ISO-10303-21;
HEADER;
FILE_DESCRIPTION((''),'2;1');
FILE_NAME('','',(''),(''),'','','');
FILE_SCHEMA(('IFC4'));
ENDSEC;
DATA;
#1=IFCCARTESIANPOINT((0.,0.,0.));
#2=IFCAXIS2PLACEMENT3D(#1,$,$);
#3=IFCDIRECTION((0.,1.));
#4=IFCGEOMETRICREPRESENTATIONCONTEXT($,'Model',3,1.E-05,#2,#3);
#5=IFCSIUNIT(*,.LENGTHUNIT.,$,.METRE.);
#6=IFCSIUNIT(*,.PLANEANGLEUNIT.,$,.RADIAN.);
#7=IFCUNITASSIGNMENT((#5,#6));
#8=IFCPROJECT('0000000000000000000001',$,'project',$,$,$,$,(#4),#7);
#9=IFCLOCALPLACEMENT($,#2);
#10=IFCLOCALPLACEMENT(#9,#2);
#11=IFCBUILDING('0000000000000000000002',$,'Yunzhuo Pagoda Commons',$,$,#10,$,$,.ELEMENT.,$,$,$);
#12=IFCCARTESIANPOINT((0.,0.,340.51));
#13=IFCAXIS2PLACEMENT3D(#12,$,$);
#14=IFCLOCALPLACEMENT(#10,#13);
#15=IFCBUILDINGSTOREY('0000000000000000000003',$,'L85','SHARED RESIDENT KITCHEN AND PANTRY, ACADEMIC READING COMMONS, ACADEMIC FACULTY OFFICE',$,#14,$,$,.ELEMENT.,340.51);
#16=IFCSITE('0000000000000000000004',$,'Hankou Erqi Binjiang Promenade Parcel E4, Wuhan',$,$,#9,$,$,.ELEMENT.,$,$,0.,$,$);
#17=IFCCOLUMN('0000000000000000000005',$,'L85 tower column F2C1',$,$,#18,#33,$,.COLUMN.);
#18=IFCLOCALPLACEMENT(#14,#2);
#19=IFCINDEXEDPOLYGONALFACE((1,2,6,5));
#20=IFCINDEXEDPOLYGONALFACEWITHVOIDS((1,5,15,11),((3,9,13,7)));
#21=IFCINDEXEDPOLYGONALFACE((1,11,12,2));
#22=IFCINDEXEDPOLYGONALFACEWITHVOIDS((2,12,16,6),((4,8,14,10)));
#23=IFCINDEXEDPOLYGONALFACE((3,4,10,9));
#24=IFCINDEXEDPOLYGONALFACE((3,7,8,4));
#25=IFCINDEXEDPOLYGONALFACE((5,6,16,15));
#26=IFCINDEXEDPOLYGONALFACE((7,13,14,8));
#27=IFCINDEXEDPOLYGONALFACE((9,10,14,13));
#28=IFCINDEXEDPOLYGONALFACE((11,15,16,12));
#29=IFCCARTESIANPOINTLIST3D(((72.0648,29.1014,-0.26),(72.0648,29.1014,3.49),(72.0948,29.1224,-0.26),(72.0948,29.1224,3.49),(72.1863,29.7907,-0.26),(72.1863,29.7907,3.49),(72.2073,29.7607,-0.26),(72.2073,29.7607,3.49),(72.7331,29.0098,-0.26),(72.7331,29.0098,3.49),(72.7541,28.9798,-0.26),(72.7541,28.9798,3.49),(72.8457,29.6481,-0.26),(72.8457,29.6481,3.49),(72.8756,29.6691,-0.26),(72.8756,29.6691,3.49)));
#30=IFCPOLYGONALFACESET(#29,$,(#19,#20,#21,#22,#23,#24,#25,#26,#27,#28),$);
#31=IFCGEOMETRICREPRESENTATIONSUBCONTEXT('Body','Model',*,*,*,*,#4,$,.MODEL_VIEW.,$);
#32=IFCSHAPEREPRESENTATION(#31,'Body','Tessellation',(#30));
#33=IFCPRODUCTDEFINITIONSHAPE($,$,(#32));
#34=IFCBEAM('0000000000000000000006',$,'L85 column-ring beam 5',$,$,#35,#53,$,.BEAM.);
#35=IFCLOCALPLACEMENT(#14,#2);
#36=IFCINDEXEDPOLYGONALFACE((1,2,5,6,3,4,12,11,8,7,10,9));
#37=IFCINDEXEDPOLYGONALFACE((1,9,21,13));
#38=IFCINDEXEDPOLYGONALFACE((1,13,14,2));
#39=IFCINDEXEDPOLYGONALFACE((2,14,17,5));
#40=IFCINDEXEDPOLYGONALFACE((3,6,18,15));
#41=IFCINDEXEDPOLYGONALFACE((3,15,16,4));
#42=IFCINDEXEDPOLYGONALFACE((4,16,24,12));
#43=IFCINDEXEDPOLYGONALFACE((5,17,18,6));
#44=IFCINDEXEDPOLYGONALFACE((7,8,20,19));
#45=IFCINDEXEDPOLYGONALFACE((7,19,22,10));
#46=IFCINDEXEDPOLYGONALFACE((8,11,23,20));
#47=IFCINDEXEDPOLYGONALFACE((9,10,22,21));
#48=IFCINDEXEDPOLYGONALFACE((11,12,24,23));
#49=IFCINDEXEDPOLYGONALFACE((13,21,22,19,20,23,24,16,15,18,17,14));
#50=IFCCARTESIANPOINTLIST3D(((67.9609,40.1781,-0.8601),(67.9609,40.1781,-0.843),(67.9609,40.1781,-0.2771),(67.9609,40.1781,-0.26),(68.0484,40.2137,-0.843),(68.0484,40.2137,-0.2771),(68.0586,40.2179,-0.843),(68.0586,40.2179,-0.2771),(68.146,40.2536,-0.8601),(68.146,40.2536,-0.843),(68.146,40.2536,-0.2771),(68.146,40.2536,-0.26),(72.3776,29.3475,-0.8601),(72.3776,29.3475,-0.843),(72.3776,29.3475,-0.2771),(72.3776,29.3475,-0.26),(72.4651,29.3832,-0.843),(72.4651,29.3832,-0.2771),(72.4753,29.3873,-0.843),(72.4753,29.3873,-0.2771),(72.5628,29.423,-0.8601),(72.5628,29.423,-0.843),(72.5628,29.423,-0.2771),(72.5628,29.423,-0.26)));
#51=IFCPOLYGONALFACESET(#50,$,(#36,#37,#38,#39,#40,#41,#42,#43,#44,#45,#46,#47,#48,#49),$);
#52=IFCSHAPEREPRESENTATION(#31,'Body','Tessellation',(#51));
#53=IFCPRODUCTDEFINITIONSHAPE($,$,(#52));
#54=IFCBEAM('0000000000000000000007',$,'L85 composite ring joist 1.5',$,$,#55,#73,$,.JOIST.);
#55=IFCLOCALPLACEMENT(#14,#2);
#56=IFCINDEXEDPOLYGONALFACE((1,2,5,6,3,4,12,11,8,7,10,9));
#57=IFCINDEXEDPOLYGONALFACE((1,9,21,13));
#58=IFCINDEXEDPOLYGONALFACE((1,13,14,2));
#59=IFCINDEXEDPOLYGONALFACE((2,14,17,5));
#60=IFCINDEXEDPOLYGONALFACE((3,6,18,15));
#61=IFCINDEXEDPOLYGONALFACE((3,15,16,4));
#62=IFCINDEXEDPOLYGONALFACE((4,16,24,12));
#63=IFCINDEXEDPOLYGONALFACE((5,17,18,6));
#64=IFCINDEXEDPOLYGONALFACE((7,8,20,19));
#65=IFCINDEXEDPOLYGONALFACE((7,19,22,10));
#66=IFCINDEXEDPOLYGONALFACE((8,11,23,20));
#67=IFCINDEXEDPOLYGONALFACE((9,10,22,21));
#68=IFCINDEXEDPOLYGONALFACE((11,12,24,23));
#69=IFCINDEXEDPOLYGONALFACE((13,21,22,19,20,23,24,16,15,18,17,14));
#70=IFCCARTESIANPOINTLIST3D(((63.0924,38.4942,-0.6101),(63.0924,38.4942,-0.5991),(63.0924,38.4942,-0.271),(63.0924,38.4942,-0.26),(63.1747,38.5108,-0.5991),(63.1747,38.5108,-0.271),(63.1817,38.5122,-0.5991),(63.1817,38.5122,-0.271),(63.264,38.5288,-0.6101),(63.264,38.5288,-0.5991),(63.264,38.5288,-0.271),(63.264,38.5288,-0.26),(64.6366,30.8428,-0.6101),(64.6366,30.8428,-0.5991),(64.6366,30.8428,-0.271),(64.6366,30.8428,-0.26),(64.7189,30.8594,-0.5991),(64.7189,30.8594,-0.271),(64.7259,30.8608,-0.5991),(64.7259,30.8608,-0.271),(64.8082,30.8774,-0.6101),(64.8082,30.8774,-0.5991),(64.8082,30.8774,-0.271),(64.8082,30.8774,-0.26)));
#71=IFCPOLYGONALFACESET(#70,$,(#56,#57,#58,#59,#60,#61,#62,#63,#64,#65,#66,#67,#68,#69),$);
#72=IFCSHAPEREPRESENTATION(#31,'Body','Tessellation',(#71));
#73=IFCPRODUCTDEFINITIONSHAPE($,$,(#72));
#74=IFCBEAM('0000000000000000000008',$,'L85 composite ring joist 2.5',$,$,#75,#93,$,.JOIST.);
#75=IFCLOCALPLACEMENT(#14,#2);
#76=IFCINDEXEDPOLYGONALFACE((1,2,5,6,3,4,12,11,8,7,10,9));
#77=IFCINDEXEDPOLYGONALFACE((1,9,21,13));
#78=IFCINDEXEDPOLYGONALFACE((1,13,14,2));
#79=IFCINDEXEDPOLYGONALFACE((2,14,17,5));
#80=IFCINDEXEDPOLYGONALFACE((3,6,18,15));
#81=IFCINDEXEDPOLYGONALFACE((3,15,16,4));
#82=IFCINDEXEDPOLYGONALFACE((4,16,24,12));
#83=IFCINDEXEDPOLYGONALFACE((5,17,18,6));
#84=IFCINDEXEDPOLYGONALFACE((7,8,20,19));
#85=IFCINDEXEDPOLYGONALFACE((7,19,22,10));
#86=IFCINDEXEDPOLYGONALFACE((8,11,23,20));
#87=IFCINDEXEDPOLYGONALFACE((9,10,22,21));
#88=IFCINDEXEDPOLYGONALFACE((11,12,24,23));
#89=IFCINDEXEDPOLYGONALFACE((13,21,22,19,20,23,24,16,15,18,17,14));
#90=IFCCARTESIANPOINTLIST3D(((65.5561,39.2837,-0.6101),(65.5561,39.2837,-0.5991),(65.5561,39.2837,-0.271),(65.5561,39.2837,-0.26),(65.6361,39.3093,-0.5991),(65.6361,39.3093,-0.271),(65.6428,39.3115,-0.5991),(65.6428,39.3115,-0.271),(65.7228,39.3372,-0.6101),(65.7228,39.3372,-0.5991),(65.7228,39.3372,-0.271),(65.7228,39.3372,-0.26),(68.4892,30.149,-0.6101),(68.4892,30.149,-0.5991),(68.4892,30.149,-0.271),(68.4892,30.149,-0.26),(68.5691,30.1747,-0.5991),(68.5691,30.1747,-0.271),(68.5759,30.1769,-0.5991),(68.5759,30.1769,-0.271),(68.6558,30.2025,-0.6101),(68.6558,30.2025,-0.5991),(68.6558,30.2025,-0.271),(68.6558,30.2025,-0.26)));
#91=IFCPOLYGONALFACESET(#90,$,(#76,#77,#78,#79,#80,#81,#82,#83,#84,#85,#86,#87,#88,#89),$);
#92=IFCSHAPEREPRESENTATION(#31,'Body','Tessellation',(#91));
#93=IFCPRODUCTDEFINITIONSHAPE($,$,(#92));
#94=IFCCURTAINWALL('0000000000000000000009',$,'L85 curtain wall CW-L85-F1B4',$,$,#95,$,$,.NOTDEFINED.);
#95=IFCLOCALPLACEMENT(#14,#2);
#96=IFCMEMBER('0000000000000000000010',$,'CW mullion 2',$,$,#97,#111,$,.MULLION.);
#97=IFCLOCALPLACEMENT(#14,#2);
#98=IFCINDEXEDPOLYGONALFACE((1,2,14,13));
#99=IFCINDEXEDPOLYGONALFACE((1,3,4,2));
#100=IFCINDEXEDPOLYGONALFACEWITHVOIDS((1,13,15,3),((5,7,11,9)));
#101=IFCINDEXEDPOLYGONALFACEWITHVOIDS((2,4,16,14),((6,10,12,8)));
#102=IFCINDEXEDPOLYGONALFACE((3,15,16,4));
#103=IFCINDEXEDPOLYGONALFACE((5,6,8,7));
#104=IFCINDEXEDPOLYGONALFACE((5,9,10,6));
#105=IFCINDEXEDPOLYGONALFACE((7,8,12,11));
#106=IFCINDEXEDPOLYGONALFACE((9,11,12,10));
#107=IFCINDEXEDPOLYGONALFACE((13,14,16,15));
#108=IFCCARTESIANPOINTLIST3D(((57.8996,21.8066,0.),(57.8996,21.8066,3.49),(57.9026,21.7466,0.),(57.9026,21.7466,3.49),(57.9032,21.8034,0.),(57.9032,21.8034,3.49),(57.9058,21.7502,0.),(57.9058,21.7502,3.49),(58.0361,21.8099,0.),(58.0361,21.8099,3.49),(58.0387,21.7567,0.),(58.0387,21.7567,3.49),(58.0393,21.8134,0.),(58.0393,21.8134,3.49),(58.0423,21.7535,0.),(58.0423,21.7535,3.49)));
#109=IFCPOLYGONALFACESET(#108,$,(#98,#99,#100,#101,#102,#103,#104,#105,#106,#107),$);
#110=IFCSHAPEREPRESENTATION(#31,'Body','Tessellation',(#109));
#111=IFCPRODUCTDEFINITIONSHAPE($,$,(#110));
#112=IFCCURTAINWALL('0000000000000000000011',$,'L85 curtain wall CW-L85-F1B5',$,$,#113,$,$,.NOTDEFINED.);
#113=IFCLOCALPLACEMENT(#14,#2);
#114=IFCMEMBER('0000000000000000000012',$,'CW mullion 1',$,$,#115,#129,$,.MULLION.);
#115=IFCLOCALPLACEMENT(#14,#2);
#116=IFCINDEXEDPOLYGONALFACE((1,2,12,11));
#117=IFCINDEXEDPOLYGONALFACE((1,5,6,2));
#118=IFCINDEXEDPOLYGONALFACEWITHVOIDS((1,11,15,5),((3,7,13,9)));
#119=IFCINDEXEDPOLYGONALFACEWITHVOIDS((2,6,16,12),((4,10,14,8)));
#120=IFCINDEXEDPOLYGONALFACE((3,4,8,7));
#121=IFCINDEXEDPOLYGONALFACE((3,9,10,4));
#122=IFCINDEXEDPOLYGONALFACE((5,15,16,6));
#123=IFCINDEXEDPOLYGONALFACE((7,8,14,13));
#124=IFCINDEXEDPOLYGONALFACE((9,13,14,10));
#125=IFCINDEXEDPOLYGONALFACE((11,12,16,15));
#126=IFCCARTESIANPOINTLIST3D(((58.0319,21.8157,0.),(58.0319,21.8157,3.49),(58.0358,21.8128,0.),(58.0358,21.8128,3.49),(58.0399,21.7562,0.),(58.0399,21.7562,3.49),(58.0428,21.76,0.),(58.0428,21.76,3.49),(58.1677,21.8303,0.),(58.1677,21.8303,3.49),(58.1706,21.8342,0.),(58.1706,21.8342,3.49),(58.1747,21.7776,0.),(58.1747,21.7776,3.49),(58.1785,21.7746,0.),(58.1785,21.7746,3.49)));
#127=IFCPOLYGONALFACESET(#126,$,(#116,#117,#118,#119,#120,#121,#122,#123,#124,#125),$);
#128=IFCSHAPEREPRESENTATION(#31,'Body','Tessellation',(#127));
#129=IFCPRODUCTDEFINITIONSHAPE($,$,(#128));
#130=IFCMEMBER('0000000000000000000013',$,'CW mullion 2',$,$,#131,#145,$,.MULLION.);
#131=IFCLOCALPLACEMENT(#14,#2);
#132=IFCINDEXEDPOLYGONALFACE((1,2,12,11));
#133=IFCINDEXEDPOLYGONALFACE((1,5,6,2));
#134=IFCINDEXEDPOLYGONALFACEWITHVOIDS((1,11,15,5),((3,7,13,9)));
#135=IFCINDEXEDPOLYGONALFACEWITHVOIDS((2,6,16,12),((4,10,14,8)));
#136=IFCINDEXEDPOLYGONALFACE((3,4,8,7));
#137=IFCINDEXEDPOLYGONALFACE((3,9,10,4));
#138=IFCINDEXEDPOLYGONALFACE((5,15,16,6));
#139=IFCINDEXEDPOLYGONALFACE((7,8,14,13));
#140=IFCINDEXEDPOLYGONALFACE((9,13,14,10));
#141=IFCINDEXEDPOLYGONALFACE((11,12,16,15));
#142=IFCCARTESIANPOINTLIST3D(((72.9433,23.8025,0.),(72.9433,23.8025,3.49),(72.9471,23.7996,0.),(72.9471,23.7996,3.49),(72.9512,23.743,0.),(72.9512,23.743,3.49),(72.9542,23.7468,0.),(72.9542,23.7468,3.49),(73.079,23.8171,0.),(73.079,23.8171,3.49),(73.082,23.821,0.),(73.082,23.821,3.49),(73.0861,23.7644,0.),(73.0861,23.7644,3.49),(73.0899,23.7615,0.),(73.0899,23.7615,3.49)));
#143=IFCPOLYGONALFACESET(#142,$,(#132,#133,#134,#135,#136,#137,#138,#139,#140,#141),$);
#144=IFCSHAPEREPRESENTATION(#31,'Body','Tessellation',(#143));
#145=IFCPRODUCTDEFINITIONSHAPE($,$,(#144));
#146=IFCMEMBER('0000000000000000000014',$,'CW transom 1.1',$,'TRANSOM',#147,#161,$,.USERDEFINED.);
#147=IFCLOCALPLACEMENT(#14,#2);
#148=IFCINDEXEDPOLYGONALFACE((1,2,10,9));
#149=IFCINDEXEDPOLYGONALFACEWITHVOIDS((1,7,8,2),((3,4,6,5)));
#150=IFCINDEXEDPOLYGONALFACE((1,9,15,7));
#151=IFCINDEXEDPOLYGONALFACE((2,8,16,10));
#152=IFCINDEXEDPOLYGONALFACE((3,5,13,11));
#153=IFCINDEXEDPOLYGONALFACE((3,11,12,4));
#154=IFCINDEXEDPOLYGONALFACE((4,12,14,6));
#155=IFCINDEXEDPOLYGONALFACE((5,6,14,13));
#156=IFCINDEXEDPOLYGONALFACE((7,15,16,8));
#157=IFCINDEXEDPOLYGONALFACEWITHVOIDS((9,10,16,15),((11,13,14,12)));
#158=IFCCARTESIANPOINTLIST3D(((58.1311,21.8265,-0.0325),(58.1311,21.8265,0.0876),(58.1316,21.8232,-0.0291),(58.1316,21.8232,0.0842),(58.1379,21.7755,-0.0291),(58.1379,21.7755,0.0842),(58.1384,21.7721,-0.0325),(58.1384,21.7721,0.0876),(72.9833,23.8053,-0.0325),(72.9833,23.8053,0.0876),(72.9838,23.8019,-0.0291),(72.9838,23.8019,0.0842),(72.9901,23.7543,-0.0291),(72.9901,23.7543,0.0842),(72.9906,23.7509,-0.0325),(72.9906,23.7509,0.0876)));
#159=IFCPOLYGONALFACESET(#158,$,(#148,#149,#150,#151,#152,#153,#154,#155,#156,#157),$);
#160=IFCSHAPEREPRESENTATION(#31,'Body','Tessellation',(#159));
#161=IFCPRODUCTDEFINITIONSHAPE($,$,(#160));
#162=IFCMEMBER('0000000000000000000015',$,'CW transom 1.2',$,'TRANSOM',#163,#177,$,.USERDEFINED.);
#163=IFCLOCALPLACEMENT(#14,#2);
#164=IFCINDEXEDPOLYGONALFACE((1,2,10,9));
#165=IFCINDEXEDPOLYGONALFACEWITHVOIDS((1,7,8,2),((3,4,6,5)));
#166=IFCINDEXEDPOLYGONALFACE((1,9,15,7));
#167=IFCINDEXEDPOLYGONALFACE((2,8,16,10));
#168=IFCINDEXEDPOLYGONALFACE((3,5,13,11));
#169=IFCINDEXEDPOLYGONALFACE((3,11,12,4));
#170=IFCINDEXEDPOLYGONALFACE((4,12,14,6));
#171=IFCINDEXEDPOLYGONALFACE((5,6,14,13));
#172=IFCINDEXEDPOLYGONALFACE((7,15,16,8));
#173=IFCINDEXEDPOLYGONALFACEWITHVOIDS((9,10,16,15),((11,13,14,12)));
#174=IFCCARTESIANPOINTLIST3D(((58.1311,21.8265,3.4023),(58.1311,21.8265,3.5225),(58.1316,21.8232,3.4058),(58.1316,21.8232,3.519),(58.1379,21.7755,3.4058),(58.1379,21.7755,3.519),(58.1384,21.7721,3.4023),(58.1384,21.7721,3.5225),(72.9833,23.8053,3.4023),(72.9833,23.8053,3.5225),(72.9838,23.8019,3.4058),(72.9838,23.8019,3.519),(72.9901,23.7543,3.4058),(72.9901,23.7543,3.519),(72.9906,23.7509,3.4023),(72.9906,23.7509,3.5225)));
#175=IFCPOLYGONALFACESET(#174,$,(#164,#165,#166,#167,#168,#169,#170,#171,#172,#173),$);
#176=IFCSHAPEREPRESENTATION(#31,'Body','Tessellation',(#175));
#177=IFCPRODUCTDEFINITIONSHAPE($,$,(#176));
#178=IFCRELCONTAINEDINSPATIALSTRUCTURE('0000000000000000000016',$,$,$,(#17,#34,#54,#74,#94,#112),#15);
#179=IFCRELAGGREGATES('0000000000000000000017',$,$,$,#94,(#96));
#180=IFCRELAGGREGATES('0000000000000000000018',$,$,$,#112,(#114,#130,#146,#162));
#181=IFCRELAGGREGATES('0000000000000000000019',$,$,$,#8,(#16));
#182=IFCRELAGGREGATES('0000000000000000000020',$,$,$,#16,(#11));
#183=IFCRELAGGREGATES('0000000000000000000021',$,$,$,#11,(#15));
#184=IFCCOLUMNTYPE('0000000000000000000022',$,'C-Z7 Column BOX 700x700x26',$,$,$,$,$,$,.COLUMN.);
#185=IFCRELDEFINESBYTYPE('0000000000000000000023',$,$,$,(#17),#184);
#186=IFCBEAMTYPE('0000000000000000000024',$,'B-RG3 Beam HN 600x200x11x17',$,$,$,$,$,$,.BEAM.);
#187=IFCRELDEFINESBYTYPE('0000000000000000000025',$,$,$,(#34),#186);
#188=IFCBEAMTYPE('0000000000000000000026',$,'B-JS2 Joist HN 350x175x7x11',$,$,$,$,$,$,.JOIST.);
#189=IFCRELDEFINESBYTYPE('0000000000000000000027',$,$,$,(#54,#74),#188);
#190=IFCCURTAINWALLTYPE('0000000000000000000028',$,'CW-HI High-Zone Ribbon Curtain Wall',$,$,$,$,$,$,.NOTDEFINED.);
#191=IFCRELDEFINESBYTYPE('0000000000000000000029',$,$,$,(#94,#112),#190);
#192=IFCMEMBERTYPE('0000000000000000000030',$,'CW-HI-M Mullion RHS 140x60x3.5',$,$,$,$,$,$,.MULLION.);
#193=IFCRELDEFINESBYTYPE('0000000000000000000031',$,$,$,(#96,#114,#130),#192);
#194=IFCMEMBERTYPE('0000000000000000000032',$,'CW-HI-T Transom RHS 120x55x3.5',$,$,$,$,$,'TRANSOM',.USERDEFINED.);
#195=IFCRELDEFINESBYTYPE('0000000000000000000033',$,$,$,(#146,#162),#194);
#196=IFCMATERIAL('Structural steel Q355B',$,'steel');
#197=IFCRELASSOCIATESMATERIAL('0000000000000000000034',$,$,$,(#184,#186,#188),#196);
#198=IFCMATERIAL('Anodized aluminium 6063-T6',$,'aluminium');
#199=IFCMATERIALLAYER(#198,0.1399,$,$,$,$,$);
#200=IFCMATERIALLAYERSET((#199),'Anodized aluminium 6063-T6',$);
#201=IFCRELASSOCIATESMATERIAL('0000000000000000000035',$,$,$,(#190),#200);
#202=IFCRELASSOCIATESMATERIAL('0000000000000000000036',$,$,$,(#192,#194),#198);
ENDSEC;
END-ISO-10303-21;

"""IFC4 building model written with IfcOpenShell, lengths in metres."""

from ifc_helpers import new_model, si_unit, direction, frame, origin, origin_2d, place, context, subcontext, project, spatial, hollow_rectangle, i_section, extrude, source, transform, mapped, material, layer, layer_set, material_profile, profile_set, type_object, element, aggregate, save


model = new_model("IFC4")

# Units and contexts
model_context = context("Model", 3, precision=1e-05, world=origin(), true_north=direction((0.0, 1.0)))
body_context = subcontext(model_context, "Body", "Model", "MODEL_VIEW")
ifc_project = project(units=[si_unit("LENGTHUNIT", "METRE"), si_unit("PLANEANGLEUNIT", "RADIAN")], contexts=[model_context])

# Site, building, storey
site_placement = place(None, origin())
site = spatial("IfcSite", under=ifc_project, at=site_placement, Name="Hankou Erqi Binjiang Promenade Parcel E4, Wuhan", CompositionType="ELEMENT", RefElevation=0.0)
building_placement = place(site_placement, origin())
building = spatial("IfcBuilding", under=site, at=building_placement, Name="Yunzhuo Pagoda Commons", CompositionType="ELEMENT")
storey_placement = place(building_placement, frame((0.0, 0.0, 340.51)))
storey = spatial("IfcBuildingStorey", under=building, at=storey_placement, Name="L85", Description="SHARED RESIDENT KITCHEN AND PANTRY, ACADEMIC READING COMMONS, ACADEMIC FACULTY OFFICE", CompositionType="ELEMENT", Elevation=340.51)

# Column
ifc_material_1 = material(Name="Structural steel Q355B", Category="steel")
ifc_material_profile_1 = material_profile(ifc_material_1, hollow_rectangle(XDim=0.7, YDim=0.7, WallThickness=0.0259, at=origin_2d()), Name="Structural steel Q355B")
ifc_profile_set_1 = profile_set([ifc_material_profile_1], Name="Structural steel Q355B")
column_type = type_object("IfcColumnType", Name="C-Z7 Column BOX 700x700x26", PredefinedType="COLUMN", material=ifc_profile_set_1)
shared_shape_1 = source(origin(), body_context, "Body", "SweptSolid", [
    extrude(hollow_rectangle(XDim=0.7, YDim=0.7, WallThickness=0.0259, at=origin_2d()), origin(), (0.0, 0.0, 1.0), 3.75),
])
column_placement = place(storey_placement, frame((72.4702, 29.3853, -0.26), z_axis=(0.0, 0.0, 1.0), x_axis=(0.173648, 0.984808, 0.0)))
element("IfcColumn", 1, at=column_placement, inside=storey, type_object=column_type, Name="L85 tower column F2C1", PredefinedType="COLUMN", context=body_context, shape_type="MappedRepresentation", body=[
    mapped(shared_shape_1, transform((0.0, 0.0, 0.0), scale=1.0)),
])

# Beams
ifc_material_profile_2 = material_profile(ifc_material_1, i_section(OverallWidth=0.2, OverallDepth=0.6001, WebThickness=0.011, FlangeThickness=0.0171, at=origin_2d()), Name="Structural steel Q355B")
ifc_profile_set_2 = profile_set([ifc_material_profile_2], Name="Structural steel Q355B")
beam_type_1 = type_object("IfcBeamType", Name="B-RG3 Beam HN 600x200x11x17", PredefinedType="BEAM", material=ifc_profile_set_2)
shared_shape_2 = source(origin(), body_context, "Body", "SweptSolid", [
    extrude(i_section(OverallWidth=0.2, OverallDepth=0.6001, WebThickness=0.011, FlangeThickness=0.0171, at=origin_2d()), origin(), (0.0, 0.0, 1.0), 11.6965),
])
beam_1_placement = place(storey_placement, frame((72.4702, 29.3853, -0.5601), z_axis=(-0.377612, 0.925964, 0.0), x_axis=(-0.925964, -0.377612, 0.0)))
element("IfcBeam", 2, at=beam_1_placement, inside=storey, type_object=beam_type_1, Name="L85 column-ring beam 5", PredefinedType="BEAM", context=body_context, shape_type="MappedRepresentation", body=[
    mapped(shared_shape_2, transform((0.0, 0.0, 0.0), scale=1.0)),
])
ifc_material_profile_3 = material_profile(ifc_material_1, i_section(OverallWidth=0.175, OverallDepth=0.3501, WebThickness=0.0071, FlangeThickness=0.011, at=origin_2d()), Name="Structural steel Q355B")
ifc_profile_set_3 = profile_set([ifc_material_profile_3], Name="Structural steel Q355B")
beam_type_2 = type_object("IfcBeamType", Name="B-JS2 Joist HN 350x175x7x11", PredefinedType="JOIST", material=ifc_profile_set_3)
shared_shape_3 = source(origin(), body_context, "Body", "SweptSolid", [
    extrude(i_section(OverallWidth=0.175, OverallDepth=0.3501, WebThickness=0.0071, FlangeThickness=0.011, at=origin_2d()), origin(), (0.0, 0.0, 1.0), 7.8057),
])
beam_2_placement = place(storey_placement, frame((64.7224, 30.8601, -0.4351), z_axis=(-0.19783, 0.980236, 0.0), x_axis=(-0.980236, -0.19783, 0.0)))
element("IfcBeam", 3, at=beam_2_placement, inside=storey, type_object=beam_type_2, Name="L85 composite ring joist 1.5", PredefinedType="JOIST", context=body_context, shape_type="MappedRepresentation", body=[
    mapped(shared_shape_3, transform((0.0, 0.0, 0.0), scale=1.0)),
])
shared_shape_4 = source(origin(), body_context, "Body", "SweptSolid", [
    extrude(i_section(OverallWidth=0.175, OverallDepth=0.3501, WebThickness=0.0071, FlangeThickness=0.011, at=origin_2d()), origin(), (0.0, 0.0, 1.0), 9.594),
])
beam_3_placement = place(storey_placement, frame((68.5725, 30.1758, -0.4351), z_axis=(-0.305719, 0.952122, 0.0), x_axis=(-0.952122, -0.305719, 0.0)))
element("IfcBeam", 4, at=beam_3_placement, inside=storey, type_object=beam_type_2, Name="L85 composite ring joist 2.5", PredefinedType="JOIST", context=body_context, shape_type="MappedRepresentation", body=[
    mapped(shared_shape_4, transform((0.0, 0.0, 0.0), scale=1.0)),
])

# Curtain wall, member
ifc_material_2 = material(Name="Anodized aluminium 6063-T6", Category="aluminium")
ifc_layer_1 = layer(ifc_material_2, 0.1399)
ifc_layer_set_1 = layer_set([ifc_layer_1], Name="Anodized aluminium 6063-T6")
curtain_wall_type_1 = type_object("IfcCurtainWallType", Name="CW-HI High-Zone Ribbon Curtain Wall", PredefinedType="NOTDEFINED", material=ifc_layer_set_1)
curtain_wall_1_placement = place(storey_placement, origin())
curtain_wall_1 = element("IfcCurtainWall", 5, at=curtain_wall_1_placement, inside=storey, type_object=curtain_wall_type_1, Name="L85 curtain wall CW-L85-F1B4", PredefinedType="NOTDEFINED")
ifc_material_profile_4 = material_profile(ifc_material_2, hollow_rectangle(XDim=0.0601, YDim=0.1399, WallThickness=0.0034, at=origin_2d()), Name="Anodized aluminium 6063-T6")
ifc_profile_set_4 = profile_set([ifc_material_profile_4], Name="Anodized aluminium 6063-T6")
member_type_1 = type_object("IfcMemberType", Name="CW-HI-M Mullion RHS 140x60x3.5", PredefinedType="MULLION", material=ifc_profile_set_4)
shared_shape_5 = source(origin(), body_context, "Body", "SweptSolid", [
    extrude(hollow_rectangle(XDim=0.0601, YDim=0.1399, WallThickness=0.0034, at=origin_2d()), origin(), (0.0, 0.0, 1.0), 3.49),
])
member_1_placement = place(storey_placement, frame((57.9709, 21.78, 0.0), z_axis=(0.0, 0.0, 1.0), x_axis=(-0.048906, 0.998803, 0.0)))
member_1 = element("IfcMember", 6, at=member_1_placement, type_object=member_type_1, Name="CW mullion 2", PredefinedType="MULLION", context=body_context, shape_type="MappedRepresentation", body=[
    mapped(shared_shape_5, transform((0.0, 0.0, 0.0), scale=1.0)),
])
aggregate(curtain_wall_1, [member_1])

# Curtain wall, members
curtain_wall_2_placement = place(storey_placement, origin())
curtain_wall_2 = element("IfcCurtainWall", 7, at=curtain_wall_2_placement, inside=storey, type_object=curtain_wall_type_1, Name="L85 curtain wall CW-L85-F1B5", PredefinedType="NOTDEFINED")
member_2_placement = place(storey_placement, frame((58.1052, 21.7952, 0.0), z_axis=(0.0, 0.0, 1.0), x_axis=(-0.132069, 0.991241, 0.0)))
member_2 = element("IfcMember", 8, at=member_2_placement, type_object=member_type_1, Name="CW mullion 1", PredefinedType="MULLION", context=body_context, shape_type="MappedRepresentation", body=[
    mapped(shared_shape_5, transform((0.0, 0.0, 0.0), scale=1.0)),
])
member_3_placement = place(storey_placement, frame((73.0166, 23.782, 0.0), z_axis=(0.0, 0.0, 1.0), x_axis=(-0.132069, 0.991241, 0.0)))
member_3 = element("IfcMember", 9, at=member_3_placement, type_object=member_type_1, Name="CW mullion 2", PredefinedType="MULLION", context=body_context, shape_type="MappedRepresentation", body=[
    mapped(shared_shape_5, transform((0.0, 0.0, 0.0), scale=1.0)),
])
ifc_material_profile_5 = material_profile(ifc_material_2, hollow_rectangle(XDim=0.0549, YDim=0.1201, WallThickness=0.0034, at=origin_2d()), Name="Anodized aluminium 6063-T6")
ifc_profile_set_5 = profile_set([ifc_material_profile_5], Name="Anodized aluminium 6063-T6")
member_type_2 = type_object("IfcMemberType", Name="CW-HI-T Transom RHS 120x55x3.5", ElementType="TRANSOM", PredefinedType="USERDEFINED", material=ifc_profile_set_5)
shared_shape_6 = source(origin(), body_context, "Body", "SweptSolid", [
    extrude(hollow_rectangle(XDim=0.0549, YDim=0.1201, WallThickness=0.0034, at=origin_2d()), origin(), (0.0, 0.0, 1.0), 14.9834),
])
member_4_placement = place(storey_placement, frame((58.1348, 21.7993, 0.0276), z_axis=(0.991241, 0.132064, 0.0), x_axis=(-0.132064, 0.991241, 0.0)))
member_4 = element("IfcMember", 10, at=member_4_placement, type_object=member_type_2, Name="CW transom 1.1", ObjectType="TRANSOM", PredefinedType="USERDEFINED", context=body_context, shape_type="MappedRepresentation", body=[
    mapped(shared_shape_6, transform((0.0, 0.0, 0.0), scale=1.0)),
])
member_5_placement = place(storey_placement, frame((58.1348, 21.7993, 3.4624), z_axis=(0.991241, 0.132064, 0.0), x_axis=(-0.132064, 0.991241, 0.0)))
member_5 = element("IfcMember", 11, at=member_5_placement, type_object=member_type_2, Name="CW transom 1.2", ObjectType="TRANSOM", PredefinedType="USERDEFINED", context=body_context, shape_type="MappedRepresentation", body=[
    mapped(shared_shape_6, transform((0.0, 0.0, 0.0), scale=1.0)),
])

aggregate(curtain_wall_2, [member_2, member_3, member_4, member_5])

save(model, "model.ifc")
